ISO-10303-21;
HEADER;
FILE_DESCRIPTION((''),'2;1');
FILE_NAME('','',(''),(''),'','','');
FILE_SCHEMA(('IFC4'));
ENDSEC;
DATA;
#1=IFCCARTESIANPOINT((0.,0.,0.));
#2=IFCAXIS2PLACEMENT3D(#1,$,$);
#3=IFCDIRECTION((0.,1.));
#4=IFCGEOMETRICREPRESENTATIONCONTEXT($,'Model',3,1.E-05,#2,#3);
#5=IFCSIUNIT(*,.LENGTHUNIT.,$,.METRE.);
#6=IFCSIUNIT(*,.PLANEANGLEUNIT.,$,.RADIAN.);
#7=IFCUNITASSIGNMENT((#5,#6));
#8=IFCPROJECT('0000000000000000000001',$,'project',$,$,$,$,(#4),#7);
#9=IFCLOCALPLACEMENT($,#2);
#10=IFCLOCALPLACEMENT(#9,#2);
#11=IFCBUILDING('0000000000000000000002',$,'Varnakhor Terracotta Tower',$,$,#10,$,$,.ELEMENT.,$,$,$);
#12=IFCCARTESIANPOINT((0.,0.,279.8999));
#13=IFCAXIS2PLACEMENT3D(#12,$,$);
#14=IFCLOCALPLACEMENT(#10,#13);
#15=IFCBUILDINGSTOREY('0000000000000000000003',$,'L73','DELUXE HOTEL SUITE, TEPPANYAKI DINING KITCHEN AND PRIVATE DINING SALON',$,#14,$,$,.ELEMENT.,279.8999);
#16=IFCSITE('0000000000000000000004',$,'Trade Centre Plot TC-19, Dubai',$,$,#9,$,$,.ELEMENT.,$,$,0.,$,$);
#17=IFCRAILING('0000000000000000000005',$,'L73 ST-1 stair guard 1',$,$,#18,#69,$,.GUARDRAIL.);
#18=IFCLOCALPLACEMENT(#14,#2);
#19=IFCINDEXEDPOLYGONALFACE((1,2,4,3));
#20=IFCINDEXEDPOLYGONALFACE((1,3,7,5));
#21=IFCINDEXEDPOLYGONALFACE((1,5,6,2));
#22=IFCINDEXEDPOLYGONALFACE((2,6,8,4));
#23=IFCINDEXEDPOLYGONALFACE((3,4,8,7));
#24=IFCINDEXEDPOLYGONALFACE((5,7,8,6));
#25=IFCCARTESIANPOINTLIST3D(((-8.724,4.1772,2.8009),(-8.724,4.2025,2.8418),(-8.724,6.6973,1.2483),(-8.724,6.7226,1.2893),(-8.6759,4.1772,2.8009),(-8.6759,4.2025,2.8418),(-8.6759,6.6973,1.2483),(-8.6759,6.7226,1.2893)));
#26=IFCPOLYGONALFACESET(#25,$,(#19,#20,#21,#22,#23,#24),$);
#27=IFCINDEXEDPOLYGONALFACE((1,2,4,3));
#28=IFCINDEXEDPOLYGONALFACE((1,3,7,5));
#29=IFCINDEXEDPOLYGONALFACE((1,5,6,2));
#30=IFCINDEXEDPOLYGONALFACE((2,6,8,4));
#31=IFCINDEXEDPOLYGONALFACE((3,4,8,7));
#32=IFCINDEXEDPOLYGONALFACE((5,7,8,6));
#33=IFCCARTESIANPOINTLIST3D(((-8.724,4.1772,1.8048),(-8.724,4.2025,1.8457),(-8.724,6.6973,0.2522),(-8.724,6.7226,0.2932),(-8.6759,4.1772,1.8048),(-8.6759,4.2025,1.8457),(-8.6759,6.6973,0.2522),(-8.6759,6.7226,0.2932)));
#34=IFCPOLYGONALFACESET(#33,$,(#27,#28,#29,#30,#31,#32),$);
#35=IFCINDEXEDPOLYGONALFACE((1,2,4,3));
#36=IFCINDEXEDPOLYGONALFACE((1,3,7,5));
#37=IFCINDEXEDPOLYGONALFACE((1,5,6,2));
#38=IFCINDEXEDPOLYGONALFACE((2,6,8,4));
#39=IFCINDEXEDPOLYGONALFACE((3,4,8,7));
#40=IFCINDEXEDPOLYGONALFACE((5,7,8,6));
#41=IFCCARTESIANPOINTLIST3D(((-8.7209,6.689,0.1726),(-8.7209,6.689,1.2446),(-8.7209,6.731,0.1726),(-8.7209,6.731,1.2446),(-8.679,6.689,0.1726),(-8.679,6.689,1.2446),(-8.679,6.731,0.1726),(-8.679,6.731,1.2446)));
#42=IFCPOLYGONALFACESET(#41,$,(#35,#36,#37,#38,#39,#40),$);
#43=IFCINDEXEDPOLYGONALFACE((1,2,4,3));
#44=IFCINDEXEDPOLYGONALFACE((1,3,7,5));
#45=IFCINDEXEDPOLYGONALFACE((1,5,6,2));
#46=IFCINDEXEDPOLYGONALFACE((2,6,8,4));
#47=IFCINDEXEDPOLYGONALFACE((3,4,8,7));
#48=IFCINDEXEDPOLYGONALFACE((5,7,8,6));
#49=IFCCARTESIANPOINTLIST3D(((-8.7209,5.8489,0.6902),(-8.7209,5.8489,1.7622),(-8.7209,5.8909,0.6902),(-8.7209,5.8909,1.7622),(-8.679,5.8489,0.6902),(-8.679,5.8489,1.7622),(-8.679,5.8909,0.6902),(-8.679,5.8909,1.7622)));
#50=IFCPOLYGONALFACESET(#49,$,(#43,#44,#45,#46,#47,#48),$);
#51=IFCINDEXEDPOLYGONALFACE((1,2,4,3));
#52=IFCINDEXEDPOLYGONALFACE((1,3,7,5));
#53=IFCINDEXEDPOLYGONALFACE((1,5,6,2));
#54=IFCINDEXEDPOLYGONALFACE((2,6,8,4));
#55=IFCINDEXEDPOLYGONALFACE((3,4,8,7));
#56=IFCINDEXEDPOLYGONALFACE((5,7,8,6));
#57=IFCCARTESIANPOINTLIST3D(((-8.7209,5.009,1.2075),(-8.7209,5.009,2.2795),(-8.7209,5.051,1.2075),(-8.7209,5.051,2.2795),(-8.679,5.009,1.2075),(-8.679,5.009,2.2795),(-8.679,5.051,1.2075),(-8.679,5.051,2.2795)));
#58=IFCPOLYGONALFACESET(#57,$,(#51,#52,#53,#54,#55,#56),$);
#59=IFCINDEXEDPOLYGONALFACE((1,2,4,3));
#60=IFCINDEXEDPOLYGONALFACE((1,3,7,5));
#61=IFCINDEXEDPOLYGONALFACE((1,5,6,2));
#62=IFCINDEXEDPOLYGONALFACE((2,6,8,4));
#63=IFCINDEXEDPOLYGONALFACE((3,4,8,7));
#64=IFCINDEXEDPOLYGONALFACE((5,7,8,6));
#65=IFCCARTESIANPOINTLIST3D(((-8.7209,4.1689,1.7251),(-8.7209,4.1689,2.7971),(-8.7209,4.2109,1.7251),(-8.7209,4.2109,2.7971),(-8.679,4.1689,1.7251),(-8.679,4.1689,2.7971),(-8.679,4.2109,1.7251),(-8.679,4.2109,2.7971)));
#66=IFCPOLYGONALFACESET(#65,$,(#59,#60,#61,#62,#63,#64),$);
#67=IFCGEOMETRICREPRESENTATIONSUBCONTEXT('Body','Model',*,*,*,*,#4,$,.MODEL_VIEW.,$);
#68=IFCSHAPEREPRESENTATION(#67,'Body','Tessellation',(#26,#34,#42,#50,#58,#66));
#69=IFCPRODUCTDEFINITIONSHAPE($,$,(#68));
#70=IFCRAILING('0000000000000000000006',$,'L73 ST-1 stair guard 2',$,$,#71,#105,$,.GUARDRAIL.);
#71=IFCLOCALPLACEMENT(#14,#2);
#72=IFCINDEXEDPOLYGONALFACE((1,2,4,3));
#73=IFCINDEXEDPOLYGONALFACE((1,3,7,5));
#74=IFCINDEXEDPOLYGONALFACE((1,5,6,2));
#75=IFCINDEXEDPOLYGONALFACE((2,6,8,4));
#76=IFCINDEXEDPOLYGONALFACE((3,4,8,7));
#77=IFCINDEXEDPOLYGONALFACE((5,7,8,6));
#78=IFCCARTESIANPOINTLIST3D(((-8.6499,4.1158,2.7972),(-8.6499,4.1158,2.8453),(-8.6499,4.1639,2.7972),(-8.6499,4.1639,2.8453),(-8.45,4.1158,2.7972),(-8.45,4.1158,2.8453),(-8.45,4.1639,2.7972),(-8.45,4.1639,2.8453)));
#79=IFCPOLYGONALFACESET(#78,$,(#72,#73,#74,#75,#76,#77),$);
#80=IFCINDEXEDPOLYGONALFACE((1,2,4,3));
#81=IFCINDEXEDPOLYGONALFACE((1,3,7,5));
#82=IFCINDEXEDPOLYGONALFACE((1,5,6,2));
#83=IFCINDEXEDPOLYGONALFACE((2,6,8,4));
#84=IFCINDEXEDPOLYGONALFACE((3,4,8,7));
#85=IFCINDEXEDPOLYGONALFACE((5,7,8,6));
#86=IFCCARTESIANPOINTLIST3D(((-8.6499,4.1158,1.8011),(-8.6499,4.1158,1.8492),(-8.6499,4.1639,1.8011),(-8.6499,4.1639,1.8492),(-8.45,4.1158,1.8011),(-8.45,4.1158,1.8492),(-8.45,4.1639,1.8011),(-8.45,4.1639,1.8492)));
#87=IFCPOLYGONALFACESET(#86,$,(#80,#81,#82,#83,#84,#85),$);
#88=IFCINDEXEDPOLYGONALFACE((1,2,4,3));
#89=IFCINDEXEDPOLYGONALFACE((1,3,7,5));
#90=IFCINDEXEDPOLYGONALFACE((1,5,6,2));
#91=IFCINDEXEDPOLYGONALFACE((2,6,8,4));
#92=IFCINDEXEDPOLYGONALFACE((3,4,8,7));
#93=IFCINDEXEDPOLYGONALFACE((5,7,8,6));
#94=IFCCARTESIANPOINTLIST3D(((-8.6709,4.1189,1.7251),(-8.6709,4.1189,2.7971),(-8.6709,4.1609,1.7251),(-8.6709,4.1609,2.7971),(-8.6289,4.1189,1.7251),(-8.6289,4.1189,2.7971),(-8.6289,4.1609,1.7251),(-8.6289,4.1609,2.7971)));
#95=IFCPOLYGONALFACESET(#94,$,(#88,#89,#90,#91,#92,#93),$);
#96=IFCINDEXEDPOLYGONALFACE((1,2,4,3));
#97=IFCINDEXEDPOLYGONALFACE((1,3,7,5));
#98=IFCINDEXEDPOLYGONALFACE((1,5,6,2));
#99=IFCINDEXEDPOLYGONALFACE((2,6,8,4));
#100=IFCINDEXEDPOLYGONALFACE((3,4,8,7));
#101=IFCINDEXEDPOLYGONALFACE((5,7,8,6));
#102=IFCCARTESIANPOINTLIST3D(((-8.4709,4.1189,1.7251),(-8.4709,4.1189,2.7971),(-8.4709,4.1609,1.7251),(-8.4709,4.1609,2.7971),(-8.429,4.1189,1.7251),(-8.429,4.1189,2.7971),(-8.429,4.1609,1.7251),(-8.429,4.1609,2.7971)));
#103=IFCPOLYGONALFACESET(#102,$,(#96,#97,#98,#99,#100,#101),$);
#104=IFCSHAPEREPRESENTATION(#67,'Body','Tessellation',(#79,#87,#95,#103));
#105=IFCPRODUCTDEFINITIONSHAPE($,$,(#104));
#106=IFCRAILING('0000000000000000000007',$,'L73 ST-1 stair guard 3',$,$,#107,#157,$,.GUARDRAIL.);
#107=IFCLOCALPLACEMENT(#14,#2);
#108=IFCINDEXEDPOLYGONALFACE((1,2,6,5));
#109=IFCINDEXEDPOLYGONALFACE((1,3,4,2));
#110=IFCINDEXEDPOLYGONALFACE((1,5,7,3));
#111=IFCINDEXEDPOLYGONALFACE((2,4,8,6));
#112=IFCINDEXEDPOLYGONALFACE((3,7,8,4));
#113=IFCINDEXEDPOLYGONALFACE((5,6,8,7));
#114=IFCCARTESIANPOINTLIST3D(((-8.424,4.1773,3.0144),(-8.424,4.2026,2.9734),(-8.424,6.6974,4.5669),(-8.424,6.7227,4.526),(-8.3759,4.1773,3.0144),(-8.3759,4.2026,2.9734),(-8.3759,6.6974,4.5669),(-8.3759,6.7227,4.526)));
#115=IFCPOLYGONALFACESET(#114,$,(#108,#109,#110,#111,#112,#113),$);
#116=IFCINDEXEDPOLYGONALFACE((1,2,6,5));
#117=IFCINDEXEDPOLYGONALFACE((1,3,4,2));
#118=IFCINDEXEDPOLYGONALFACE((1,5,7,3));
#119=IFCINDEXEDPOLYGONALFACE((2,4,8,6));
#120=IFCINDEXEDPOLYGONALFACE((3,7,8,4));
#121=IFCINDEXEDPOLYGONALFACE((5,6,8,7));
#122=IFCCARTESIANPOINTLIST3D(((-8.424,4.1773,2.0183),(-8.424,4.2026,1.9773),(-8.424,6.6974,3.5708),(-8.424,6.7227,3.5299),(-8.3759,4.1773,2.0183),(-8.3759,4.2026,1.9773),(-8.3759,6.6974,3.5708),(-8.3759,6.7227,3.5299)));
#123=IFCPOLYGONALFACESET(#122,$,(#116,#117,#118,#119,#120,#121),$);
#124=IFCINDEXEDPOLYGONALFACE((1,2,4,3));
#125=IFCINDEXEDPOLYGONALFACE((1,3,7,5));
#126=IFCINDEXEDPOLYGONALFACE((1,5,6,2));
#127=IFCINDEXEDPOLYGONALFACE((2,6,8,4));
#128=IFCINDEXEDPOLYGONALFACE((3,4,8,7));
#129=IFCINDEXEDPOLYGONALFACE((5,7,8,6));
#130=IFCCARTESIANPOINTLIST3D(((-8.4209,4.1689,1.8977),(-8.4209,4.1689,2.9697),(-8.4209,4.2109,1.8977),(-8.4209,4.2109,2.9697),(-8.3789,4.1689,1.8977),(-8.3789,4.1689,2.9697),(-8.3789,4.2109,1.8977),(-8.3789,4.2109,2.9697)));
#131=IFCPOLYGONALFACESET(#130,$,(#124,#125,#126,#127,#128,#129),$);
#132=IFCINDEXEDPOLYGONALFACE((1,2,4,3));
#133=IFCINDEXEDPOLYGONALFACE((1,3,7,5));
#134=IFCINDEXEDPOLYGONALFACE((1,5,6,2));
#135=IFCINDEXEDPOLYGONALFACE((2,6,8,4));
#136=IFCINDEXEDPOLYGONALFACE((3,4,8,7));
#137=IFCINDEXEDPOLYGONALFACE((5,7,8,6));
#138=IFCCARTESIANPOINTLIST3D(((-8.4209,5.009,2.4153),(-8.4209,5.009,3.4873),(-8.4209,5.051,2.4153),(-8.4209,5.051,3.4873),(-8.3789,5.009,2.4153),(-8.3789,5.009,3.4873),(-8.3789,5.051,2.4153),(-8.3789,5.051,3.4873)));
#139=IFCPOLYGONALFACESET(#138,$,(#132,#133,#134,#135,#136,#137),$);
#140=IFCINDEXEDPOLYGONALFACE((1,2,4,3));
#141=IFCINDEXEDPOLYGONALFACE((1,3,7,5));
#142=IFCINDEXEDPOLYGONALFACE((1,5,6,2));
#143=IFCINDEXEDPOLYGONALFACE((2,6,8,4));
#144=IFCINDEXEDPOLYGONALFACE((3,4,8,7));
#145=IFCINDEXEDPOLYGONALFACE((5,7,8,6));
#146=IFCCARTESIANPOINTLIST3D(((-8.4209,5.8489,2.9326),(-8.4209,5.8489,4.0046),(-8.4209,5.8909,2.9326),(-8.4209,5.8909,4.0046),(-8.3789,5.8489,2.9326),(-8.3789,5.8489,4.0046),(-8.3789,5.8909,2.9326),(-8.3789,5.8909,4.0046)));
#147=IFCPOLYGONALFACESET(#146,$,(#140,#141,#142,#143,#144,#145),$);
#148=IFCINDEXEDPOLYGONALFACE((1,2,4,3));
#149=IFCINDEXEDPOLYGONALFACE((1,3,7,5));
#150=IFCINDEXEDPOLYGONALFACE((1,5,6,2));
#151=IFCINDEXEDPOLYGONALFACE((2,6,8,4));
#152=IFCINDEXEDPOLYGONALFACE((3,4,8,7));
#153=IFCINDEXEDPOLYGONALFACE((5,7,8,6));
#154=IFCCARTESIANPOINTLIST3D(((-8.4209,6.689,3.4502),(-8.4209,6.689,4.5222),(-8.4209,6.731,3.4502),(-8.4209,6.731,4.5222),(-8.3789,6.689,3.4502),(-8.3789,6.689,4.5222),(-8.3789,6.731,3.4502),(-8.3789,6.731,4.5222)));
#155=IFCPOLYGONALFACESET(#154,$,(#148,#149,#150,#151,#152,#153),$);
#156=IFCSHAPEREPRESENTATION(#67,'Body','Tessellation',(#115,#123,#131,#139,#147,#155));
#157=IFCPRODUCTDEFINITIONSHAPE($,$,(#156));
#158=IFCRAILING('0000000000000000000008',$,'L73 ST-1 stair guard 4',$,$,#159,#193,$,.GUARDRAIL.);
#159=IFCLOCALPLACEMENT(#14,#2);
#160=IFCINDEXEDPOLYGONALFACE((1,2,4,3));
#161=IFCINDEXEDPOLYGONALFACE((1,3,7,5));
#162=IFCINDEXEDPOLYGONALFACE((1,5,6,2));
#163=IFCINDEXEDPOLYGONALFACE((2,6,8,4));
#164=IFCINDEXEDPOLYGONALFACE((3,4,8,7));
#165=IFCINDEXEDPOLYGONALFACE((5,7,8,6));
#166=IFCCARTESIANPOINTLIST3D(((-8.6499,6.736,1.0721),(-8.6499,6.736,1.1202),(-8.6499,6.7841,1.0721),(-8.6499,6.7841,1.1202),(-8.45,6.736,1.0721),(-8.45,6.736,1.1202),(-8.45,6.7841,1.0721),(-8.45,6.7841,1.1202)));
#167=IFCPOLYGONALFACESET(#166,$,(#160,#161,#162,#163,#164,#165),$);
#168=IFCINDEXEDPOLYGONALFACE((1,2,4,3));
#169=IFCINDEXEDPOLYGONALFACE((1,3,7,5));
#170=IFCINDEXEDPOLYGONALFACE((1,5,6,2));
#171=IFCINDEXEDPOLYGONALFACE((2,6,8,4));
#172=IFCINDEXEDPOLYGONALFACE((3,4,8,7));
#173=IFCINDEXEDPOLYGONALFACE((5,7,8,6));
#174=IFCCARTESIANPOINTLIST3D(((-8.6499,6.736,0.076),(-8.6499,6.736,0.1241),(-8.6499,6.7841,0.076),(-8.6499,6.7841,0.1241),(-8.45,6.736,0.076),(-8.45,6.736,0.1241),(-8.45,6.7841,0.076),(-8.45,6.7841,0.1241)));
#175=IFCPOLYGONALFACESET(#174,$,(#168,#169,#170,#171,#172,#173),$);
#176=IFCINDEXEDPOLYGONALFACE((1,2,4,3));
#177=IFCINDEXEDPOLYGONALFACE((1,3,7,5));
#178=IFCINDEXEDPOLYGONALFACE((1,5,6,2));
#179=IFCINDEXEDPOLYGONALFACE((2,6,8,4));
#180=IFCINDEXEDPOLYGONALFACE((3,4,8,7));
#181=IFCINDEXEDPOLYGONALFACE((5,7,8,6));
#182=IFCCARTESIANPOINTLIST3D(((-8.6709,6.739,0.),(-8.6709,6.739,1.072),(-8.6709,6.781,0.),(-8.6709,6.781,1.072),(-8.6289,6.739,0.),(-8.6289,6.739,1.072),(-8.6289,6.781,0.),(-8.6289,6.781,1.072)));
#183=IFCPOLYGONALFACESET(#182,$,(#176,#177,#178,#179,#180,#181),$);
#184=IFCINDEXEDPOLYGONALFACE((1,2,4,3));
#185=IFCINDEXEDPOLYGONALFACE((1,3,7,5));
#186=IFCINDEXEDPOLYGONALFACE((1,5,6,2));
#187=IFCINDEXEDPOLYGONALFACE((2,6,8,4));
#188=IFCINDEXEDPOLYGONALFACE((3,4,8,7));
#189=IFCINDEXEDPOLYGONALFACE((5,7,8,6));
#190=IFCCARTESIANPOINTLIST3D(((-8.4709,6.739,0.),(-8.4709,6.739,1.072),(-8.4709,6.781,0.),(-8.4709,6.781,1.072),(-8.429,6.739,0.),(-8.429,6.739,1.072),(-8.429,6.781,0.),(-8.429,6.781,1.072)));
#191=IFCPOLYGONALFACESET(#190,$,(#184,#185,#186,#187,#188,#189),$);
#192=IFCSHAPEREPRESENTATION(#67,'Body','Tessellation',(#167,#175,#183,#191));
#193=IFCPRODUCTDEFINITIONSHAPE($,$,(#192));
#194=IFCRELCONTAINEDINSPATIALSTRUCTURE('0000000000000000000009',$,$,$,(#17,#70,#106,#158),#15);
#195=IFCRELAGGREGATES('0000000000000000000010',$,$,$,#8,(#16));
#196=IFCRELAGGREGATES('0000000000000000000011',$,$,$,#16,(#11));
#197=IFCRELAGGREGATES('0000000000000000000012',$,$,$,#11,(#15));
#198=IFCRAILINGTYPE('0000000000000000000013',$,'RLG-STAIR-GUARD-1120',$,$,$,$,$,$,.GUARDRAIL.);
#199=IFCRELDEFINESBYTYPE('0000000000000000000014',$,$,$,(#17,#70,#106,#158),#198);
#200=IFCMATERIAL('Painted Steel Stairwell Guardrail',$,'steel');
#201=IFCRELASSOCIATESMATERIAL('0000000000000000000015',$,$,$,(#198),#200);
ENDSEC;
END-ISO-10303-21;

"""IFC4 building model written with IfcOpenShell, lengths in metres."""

from ifc_helpers import new_model, si_unit, direction, frame, origin, origin_2d, place, context, subcontext, project, spatial, rectangle, extrude, material, type_object, element, save


model = new_model("IFC4")

# Units and contexts
model_context = context("Model", 3, precision=1e-05, world=origin(), true_north=direction((0.0, 1.0)))
body_context = subcontext(model_context, "Body", "Model", "MODEL_VIEW")
ifc_project = project(units=[si_unit("LENGTHUNIT", "METRE"), si_unit("PLANEANGLEUNIT", "RADIAN")], contexts=[model_context])

# Site, building, storey
site_placement = place(None, origin())
site = spatial("IfcSite", under=ifc_project, at=site_placement, Name="Trade Centre Plot TC-19, Dubai", CompositionType="ELEMENT", RefElevation=0.0)
building_placement = place(site_placement, origin())
building = spatial("IfcBuilding", under=site, at=building_placement, Name="Varnakhor Terracotta Tower", CompositionType="ELEMENT")
storey_placement = place(building_placement, frame((0.0, 0.0, 279.8999)))
storey = spatial("IfcBuildingStorey", under=building, at=storey_placement, Name="L73", Description="DELUXE HOTEL SUITE, TEPPANYAKI DINING KITCHEN AND PRIVATE DINING SALON", CompositionType="ELEMENT", Elevation=279.8999)

# Railings
ifc_material_1 = material(Name="Painted Steel Stairwell Guardrail", Category="steel")
railing_type_1 = type_object("IfcRailingType", Name="RLG-STAIR-GUARD-1120", PredefinedType="GUARDRAIL", material=ifc_material_1)
railing_1_placement = place(storey_placement, frame((-8.7, 6.71, 0.1726)))
element("IfcRailing", 1, at=railing_1_placement, inside=storey, type_object=railing_type_1, Name="L73 ST-1 stair guard 1", PredefinedType="GUARDRAIL", context=body_context, shape_type="SweptSolid", body=[
    extrude(rectangle(XDim=0.0481, YDim=0.0481, at=origin_2d()), frame((0.0, 0.0, 1.0962), z_axis=(0.0, -0.8514, 0.524516), x_axis=(1.0, 0.0, 0.0)), (0.0, 0.0, 1.0), 2.96),
    extrude(rectangle(XDim=0.0481, YDim=0.0481, at=origin_2d()), frame((0.0, 0.0, 0.1001), z_axis=(0.0, -0.8514, 0.524516), x_axis=(1.0, 0.0, 0.0)), (0.0, 0.0, 1.0), 2.96),
    extrude(rectangle(XDim=0.042, YDim=0.042, at=origin_2d()), origin(), (0.0, 0.0, 1.0), 1.072),
    extrude(rectangle(XDim=0.042, YDim=0.042, at=origin_2d()), frame((0.0, -0.8401, 0.5176)), (0.0, 0.0, 1.0), 1.072),
    extrude(rectangle(XDim=0.042, YDim=0.042, at=origin_2d()), frame((0.0, -1.6799, 1.0349)), (0.0, 0.0, 1.0), 1.072),
    extrude(rectangle(XDim=0.042, YDim=0.042, at=origin_2d()), frame((0.0, -2.52, 1.5525)), (0.0, 0.0, 1.0), 1.072),
])
railing_2_placement = place(storey_placement, frame((-8.6499, 4.1399, 1.7251)))
element("IfcRailing", 2, at=railing_2_placement, inside=storey, type_object=railing_type_1, Name="L73 ST-1 stair guard 2", PredefinedType="GUARDRAIL", context=body_context, shape_type="SweptSolid", body=[
    extrude(rectangle(XDim=0.0481, YDim=0.0481, at=origin_2d()), frame((0.0, 0.0, 1.0962), z_axis=(1.0, 0.0, 0.0), x_axis=(0.0, 1.0, 0.0)), (0.0, 0.0, 1.0), 0.2),
    extrude(rectangle(XDim=0.0481, YDim=0.0481, at=origin_2d()), frame((0.0, 0.0, 0.1001), z_axis=(1.0, 0.0, 0.0), x_axis=(0.0, 1.0, 0.0)), (0.0, 0.0, 1.0), 0.2),
    extrude(rectangle(XDim=0.042, YDim=0.042, at=origin_2d()), origin(), (0.0, 0.0, 1.0), 1.072),
    extrude(rectangle(XDim=0.042, YDim=0.042, at=origin_2d()), frame((0.2, 0.0, 0.0)), (0.0, 0.0, 1.0), 1.072),
])
railing_3_placement = place(storey_placement, frame((-8.3999, 4.1899, 1.8977)))
element("IfcRailing", 3, at=railing_3_placement, inside=storey, type_object=railing_type_1, Name="L73 ST-1 stair guard 3", PredefinedType="GUARDRAIL", context=body_context, shape_type="SweptSolid", body=[
    extrude(rectangle(XDim=0.0481, YDim=0.0481, at=origin_2d()), frame((0.0, 0.0, 1.0962), z_axis=(0.0, 0.8514, 0.524516), x_axis=(-1.0, 0.0, 0.0)), (0.0, 0.0, 1.0), 2.96),
    extrude(rectangle(XDim=0.0481, YDim=0.0481, at=origin_2d()), frame((0.0, 0.0, 0.1001), z_axis=(0.0, 0.8514, 0.524516), x_axis=(-1.0, 0.0, 0.0)), (0.0, 0.0, 1.0), 2.96),
    extrude(rectangle(XDim=0.042, YDim=0.042, at=origin_2d()), origin(), (0.0, 0.0, 1.0), 1.072),
    extrude(rectangle(XDim=0.042, YDim=0.042, at=origin_2d()), frame((0.0, 0.8401, 0.5176)), (0.0, 0.0, 1.0), 1.072),
    extrude(rectangle(XDim=0.042, YDim=0.042, at=origin_2d()), frame((0.0, 1.6799, 1.0349)), (0.0, 0.0, 1.0), 1.072),
    extrude(rectangle(XDim=0.042, YDim=0.042, at=origin_2d()), frame((0.0, 2.52, 1.5525)), (0.0, 0.0, 1.0), 1.072),
])
railing_4_placement = place(storey_placement, frame((-8.6499, 6.76, 0.0)))
element("IfcRailing", 4, at=railing_4_placement, inside=storey, type_object=railing_type_1, Name="L73 ST-1 stair guard 4", PredefinedType="GUARDRAIL", context=body_context, shape_type="SweptSolid", body=[
    extrude(rectangle(XDim=0.0481, YDim=0.0481, at=origin_2d()), frame((0.0, 0.0, 1.0962), z_axis=(1.0, 0.0, 0.0), x_axis=(0.0, 1.0, 0.0)), (0.0, 0.0, 1.0), 0.2),
    extrude(rectangle(XDim=0.0481, YDim=0.0481, at=origin_2d()), frame((0.0, 0.0, 0.1001), z_axis=(1.0, 0.0, 0.0), x_axis=(0.0, 1.0, 0.0)), (0.0, 0.0, 1.0), 0.2),
    extrude(rectangle(XDim=0.042, YDim=0.042, at=origin_2d()), origin(), (0.0, 0.0, 1.0), 1.072),
    extrude(rectangle(XDim=0.042, YDim=0.042, at=origin_2d()), frame((0.2, 0.0, 0.0)), (0.0, 0.0, 1.0), 1.072),
])

save(model, "model.ifc")
